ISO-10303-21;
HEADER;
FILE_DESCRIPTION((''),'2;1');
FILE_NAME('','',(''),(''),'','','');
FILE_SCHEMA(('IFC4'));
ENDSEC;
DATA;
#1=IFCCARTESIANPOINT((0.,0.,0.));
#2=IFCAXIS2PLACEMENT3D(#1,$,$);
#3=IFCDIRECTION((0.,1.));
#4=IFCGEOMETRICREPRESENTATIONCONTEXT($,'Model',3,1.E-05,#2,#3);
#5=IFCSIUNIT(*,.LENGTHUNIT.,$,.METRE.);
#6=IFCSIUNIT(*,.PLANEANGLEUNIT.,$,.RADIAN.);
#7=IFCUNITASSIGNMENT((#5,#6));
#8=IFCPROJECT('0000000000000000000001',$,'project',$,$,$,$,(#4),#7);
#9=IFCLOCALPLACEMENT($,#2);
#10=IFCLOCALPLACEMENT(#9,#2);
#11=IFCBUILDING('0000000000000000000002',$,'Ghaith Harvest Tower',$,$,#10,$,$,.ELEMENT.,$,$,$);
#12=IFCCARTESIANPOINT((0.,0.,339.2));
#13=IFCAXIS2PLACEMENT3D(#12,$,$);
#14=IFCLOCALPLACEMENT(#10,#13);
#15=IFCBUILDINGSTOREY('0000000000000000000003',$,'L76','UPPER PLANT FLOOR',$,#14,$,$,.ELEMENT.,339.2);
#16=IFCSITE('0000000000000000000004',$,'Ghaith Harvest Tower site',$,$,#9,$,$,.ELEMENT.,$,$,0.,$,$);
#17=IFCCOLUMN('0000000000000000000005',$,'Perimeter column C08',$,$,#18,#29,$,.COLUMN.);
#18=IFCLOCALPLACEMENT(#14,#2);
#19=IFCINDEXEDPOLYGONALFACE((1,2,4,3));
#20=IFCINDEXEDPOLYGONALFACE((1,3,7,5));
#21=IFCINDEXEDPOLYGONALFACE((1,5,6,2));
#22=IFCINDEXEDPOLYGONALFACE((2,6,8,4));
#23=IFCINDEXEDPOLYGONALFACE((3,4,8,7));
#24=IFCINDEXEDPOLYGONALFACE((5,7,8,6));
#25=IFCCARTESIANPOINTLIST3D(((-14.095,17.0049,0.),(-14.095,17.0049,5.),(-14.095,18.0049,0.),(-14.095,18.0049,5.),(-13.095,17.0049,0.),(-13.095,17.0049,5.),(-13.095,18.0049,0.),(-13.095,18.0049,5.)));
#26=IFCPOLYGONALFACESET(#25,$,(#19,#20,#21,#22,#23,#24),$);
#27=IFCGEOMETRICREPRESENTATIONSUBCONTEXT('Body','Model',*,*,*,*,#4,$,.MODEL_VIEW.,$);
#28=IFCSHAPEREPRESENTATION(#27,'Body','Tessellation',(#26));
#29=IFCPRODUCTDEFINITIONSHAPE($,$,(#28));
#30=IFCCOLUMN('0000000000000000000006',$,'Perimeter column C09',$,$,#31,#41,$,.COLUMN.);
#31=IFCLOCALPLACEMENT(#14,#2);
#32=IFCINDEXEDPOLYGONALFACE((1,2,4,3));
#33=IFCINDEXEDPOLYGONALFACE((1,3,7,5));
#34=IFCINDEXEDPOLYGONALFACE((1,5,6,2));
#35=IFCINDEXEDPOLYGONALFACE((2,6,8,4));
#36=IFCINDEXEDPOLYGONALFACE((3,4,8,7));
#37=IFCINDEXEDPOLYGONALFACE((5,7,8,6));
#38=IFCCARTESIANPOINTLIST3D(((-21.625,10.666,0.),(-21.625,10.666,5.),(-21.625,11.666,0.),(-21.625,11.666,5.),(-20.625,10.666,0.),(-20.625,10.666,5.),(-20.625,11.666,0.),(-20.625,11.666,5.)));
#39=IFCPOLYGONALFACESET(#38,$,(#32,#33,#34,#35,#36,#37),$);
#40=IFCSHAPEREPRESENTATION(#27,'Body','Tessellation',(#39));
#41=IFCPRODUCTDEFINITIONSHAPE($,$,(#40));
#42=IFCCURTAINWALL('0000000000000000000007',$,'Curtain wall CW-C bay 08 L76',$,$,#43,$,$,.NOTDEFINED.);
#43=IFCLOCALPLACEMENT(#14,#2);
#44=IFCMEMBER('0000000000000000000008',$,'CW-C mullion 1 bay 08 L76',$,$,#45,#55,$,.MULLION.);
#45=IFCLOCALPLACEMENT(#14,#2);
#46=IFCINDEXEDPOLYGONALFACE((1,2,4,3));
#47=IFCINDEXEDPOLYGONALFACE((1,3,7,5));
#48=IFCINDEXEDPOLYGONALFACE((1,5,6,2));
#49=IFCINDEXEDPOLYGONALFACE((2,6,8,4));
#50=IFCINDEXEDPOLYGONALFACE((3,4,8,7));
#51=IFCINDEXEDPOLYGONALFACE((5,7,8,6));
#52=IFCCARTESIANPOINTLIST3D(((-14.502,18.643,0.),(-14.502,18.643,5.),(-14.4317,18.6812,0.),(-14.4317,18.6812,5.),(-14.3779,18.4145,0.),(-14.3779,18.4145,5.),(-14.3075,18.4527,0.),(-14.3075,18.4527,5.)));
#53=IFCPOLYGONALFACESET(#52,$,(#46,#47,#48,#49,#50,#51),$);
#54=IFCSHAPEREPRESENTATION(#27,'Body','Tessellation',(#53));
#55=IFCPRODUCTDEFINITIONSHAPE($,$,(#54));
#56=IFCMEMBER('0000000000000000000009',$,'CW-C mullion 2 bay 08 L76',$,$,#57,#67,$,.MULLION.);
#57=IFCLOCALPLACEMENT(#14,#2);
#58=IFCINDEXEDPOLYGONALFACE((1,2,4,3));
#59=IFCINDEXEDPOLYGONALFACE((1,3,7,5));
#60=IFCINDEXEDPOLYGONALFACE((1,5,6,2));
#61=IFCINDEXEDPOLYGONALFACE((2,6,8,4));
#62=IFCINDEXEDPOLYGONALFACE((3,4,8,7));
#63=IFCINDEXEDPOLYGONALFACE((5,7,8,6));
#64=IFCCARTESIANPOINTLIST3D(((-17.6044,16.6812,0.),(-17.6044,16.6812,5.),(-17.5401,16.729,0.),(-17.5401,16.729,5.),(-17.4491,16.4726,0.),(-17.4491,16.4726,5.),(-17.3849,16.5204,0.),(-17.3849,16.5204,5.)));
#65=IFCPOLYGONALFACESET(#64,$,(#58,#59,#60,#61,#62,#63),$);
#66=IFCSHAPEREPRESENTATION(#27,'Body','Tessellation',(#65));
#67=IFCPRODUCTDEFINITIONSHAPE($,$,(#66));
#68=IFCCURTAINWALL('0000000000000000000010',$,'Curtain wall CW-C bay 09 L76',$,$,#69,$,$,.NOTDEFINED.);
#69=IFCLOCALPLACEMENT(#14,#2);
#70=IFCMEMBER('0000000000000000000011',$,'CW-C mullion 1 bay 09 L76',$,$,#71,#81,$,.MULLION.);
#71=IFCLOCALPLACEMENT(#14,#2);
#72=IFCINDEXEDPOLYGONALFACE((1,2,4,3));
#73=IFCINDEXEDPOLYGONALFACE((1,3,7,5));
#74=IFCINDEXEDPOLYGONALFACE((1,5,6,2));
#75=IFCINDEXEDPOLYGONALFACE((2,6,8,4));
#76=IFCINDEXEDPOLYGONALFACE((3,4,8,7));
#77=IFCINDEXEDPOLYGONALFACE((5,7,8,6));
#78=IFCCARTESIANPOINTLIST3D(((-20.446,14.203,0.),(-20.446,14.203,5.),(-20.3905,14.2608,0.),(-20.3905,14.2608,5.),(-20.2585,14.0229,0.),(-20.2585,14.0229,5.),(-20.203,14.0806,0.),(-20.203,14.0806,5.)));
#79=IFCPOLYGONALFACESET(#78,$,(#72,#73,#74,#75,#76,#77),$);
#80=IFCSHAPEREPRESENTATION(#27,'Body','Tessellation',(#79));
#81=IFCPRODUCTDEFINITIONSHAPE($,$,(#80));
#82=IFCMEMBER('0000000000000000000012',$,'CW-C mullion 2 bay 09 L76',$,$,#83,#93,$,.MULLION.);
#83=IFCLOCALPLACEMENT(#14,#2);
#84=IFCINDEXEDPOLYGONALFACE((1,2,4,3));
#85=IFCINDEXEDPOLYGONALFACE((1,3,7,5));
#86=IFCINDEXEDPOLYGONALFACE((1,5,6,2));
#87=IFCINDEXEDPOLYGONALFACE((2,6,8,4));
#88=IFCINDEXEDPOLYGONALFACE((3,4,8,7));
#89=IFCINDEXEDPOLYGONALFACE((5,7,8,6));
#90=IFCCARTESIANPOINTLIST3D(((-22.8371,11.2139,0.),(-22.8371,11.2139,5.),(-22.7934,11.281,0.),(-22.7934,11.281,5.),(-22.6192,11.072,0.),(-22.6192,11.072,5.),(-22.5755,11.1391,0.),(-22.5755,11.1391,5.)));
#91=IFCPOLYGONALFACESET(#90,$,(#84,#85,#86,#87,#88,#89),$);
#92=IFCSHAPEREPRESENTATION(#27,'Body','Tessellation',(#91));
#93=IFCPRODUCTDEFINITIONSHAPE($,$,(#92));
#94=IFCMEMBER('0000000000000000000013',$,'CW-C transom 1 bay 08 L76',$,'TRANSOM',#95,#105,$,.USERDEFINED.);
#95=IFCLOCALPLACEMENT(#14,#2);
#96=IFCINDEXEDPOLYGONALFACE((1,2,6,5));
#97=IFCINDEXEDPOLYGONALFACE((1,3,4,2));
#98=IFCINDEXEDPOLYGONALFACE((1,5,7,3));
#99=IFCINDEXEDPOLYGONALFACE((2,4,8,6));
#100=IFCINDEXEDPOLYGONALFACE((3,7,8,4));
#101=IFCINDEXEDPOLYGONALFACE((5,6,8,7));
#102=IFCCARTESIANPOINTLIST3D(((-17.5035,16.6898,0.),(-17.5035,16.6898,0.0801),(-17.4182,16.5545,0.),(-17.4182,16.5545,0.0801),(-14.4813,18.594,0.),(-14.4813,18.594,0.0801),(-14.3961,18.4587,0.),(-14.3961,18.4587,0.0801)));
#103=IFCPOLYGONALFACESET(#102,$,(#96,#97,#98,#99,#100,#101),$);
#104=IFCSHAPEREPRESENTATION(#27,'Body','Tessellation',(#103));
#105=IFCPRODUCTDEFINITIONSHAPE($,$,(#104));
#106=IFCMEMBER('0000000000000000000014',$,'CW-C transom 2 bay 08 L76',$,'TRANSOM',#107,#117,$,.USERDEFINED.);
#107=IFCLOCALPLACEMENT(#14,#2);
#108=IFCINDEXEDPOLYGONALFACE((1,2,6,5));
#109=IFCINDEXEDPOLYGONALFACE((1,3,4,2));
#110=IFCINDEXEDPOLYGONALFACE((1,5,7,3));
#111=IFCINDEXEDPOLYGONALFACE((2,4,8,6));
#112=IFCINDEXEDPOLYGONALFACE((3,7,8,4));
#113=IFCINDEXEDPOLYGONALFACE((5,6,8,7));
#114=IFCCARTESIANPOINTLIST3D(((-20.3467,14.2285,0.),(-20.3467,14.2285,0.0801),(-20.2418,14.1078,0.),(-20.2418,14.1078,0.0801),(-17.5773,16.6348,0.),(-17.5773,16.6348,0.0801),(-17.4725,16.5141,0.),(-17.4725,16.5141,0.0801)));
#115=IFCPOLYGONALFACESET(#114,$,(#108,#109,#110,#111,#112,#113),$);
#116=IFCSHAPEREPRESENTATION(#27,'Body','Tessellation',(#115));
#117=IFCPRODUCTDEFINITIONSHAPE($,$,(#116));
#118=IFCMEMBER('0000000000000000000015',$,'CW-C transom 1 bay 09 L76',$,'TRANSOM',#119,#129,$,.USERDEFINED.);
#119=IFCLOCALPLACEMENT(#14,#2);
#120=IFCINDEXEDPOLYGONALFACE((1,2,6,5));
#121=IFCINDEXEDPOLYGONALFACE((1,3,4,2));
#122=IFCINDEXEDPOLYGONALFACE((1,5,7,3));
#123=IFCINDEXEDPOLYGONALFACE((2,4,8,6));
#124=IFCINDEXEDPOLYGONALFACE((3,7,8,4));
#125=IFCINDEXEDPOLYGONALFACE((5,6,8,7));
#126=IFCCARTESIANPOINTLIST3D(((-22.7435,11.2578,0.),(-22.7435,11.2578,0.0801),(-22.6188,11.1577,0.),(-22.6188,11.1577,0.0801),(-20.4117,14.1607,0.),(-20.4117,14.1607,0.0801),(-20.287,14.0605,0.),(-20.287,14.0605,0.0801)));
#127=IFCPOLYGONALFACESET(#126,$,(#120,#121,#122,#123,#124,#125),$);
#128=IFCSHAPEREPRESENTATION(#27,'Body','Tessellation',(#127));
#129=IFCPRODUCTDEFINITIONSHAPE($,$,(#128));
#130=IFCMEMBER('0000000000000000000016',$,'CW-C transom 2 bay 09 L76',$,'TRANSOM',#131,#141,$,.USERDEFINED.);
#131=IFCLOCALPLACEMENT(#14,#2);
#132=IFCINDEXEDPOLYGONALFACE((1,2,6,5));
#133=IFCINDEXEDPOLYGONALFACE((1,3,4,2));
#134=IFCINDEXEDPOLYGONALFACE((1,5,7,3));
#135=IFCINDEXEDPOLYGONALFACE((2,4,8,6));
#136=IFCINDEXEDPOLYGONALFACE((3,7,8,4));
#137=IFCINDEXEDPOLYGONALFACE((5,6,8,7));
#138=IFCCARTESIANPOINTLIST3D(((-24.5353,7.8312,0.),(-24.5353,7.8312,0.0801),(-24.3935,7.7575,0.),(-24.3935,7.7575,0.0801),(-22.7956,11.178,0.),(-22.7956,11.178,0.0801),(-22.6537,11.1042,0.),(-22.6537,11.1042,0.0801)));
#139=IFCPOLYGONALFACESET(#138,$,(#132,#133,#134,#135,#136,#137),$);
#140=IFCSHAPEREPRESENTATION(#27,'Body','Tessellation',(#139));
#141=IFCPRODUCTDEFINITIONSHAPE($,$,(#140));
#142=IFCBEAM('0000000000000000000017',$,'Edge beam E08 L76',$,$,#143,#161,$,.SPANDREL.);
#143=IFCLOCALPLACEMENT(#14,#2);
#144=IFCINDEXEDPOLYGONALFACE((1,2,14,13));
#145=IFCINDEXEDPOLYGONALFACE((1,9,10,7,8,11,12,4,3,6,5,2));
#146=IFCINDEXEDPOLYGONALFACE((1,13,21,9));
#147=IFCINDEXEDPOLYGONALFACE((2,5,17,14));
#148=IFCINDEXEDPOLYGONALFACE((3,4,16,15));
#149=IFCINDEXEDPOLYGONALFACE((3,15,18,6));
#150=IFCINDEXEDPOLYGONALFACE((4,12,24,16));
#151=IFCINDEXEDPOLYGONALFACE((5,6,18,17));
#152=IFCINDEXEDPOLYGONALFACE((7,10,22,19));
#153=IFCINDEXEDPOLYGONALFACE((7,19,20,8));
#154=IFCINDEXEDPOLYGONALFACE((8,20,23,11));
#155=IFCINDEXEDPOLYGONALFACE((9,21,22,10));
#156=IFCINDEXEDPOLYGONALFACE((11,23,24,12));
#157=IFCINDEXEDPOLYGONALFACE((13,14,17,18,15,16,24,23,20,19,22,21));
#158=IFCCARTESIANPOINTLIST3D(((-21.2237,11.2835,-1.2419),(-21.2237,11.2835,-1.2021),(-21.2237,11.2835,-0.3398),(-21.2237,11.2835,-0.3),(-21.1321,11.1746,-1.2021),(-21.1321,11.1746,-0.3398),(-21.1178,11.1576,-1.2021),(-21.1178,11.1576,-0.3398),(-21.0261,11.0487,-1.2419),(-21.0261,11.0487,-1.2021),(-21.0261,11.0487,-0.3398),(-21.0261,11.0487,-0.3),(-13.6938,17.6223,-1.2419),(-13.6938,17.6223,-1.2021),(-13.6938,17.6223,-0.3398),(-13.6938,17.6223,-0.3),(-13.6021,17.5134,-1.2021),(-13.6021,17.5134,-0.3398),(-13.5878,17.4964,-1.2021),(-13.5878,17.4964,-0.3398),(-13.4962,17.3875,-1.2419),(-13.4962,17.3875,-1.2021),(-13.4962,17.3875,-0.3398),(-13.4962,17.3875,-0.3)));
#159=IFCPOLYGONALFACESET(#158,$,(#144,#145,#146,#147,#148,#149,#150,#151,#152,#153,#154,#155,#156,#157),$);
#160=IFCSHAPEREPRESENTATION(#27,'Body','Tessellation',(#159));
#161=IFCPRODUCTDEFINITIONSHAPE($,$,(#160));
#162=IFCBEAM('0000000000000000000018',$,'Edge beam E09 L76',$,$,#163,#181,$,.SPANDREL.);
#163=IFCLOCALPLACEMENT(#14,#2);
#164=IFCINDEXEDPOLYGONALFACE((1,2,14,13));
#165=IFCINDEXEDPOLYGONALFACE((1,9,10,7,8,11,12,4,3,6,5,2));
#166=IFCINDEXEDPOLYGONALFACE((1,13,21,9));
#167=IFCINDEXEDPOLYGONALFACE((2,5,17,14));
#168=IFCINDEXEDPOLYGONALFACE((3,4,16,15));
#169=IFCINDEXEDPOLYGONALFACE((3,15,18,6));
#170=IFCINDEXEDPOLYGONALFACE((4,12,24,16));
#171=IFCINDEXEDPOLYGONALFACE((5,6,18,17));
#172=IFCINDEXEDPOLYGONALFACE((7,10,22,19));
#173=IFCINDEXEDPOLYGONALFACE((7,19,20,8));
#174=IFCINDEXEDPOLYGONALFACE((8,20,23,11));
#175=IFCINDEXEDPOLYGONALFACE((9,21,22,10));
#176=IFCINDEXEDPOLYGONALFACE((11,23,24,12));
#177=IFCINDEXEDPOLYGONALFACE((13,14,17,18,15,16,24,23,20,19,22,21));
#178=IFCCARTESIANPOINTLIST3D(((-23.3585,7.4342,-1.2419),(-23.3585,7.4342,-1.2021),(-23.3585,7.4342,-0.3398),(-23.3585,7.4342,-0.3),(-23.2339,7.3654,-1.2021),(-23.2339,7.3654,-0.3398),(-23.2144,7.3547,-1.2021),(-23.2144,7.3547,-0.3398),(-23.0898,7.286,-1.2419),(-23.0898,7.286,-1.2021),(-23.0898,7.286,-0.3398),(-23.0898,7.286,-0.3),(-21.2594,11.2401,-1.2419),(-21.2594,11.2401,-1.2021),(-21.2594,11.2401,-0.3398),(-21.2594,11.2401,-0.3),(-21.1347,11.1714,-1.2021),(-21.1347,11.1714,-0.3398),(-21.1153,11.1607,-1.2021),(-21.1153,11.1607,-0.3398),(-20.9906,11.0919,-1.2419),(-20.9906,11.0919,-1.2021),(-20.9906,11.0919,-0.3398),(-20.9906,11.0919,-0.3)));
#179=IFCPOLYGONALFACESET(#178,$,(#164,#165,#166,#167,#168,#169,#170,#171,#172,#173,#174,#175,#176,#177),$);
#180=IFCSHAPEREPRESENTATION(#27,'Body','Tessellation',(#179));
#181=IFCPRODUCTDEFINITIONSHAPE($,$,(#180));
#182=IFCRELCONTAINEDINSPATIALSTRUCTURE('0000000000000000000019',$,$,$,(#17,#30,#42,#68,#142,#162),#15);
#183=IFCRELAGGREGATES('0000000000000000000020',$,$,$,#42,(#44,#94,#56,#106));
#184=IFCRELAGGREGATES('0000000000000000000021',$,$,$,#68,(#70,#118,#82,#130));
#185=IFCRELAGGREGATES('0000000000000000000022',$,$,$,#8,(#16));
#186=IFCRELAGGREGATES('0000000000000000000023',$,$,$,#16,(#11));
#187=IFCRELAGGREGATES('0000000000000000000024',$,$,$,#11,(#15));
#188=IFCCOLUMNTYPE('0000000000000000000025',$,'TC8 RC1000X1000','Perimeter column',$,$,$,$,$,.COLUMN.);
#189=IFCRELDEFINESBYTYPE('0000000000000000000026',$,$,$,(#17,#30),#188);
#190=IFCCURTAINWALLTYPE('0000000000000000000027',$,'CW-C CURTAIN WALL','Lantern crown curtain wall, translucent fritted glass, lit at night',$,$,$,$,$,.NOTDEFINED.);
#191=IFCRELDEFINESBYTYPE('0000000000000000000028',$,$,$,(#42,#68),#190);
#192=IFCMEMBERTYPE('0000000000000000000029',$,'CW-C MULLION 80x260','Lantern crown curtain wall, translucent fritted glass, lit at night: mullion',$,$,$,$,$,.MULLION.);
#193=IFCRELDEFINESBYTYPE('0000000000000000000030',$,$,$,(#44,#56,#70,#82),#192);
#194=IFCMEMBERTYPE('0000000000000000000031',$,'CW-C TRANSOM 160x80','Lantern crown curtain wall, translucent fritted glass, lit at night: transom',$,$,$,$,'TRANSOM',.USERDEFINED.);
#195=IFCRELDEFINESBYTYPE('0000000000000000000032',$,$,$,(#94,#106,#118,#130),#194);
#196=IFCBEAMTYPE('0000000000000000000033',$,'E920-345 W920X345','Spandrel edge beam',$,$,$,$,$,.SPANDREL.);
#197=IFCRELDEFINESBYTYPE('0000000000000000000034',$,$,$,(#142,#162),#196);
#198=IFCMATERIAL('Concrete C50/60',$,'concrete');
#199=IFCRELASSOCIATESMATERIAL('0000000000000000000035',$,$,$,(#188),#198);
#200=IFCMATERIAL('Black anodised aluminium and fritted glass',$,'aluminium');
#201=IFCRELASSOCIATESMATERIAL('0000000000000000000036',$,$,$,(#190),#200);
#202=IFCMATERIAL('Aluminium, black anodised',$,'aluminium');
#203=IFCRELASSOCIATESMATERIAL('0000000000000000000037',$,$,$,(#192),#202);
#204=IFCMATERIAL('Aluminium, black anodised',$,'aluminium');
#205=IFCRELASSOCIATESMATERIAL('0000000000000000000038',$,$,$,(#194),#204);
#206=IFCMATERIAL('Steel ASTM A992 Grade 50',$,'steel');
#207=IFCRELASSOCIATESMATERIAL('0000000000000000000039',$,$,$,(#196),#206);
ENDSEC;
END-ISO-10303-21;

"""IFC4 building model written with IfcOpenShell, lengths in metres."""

from ifc_helpers import new_model, si_unit, direction, frame, origin, origin_2d, place, context, subcontext, project, spatial, rectangle, i_section, extrude, material, material_profile, profile_set, type_object, element, aggregate, save


model = new_model("IFC4")

# Units and contexts
model_context = context("Model", 3, precision=1e-05, world=origin(), true_north=direction((0.0, 1.0)))
body_context = subcontext(model_context, "Body", "Model", "MODEL_VIEW")
ifc_project = project(units=[si_unit("LENGTHUNIT", "METRE"), si_unit("PLANEANGLEUNIT", "RADIAN")], contexts=[model_context])

# Site, building, storey
site_placement = place(None, origin())
site = spatial("IfcSite", under=ifc_project, at=site_placement, Name="Ghaith Harvest Tower site", CompositionType="ELEMENT", RefElevation=0.0)
building_placement = place(site_placement, origin())
building = spatial("IfcBuilding", under=site, at=building_placement, Name="Ghaith Harvest Tower", CompositionType="ELEMENT")
storey_placement = place(building_placement, frame((0.0, 0.0, 339.2)))
storey = spatial("IfcBuildingStorey", under=building, at=storey_placement, Name="L76", Description="UPPER PLANT FLOOR", CompositionType="ELEMENT", Elevation=339.2)

# Columns
ifc_material_1 = material(Name="Concrete C50/60", Category="concrete")
ifc_material_profile_1 = material_profile(ifc_material_1, rectangle(XDim=1.0, YDim=1.0, at=origin_2d()), Name="RC1000X1000")
ifc_profile_set_1 = profile_set([ifc_material_profile_1], Name="Concrete C50/60")
column_type = type_object("IfcColumnType", Name="TC8 RC1000X1000", Description="Perimeter column", PredefinedType="COLUMN", material=ifc_profile_set_1)
for number, where, z_axis, x_axis, name in (
    (1, (-13.595, 17.5049, 0.0), (0.0, 0.0, 1.0), (1.0, 0.0, 0.0), "Perimeter column C08"),
    (2, (-21.125, 11.166, 0.0), (0.0, 0.0, 1.0), (1.0, 0.0, 0.0), "Perimeter column C09"),
):
    element("IfcColumn", number, at=place(storey_placement, frame(where, z_axis=z_axis, x_axis=x_axis)), inside=storey, type_object=column_type, Name=name, PredefinedType="COLUMN", context=body_context, shape_type="SweptSolid", body=[
        extrude(rectangle(XDim=1.0, YDim=1.0, at=origin_2d()), origin(), (0.0, 0.0, 1.0), 5.0),
    ])

# Curtain walls, members
ifc_material_2 = material(Name="Black anodised aluminium and fritted glass", Category="aluminium")
curtain_wall_type = type_object("IfcCurtainWallType", Name="CW-C CURTAIN WALL", Description="Lantern crown curtain wall, translucent fritted glass, lit at night", PredefinedType="NOTDEFINED", material=ifc_material_2)
curtain_wall_1_placement = place(storey_placement, origin())
curtain_wall_1 = element("IfcCurtainWall", 3, at=curtain_wall_1_placement, inside=storey, type_object=curtain_wall_type, Name="Curtain wall CW-C bay 08 L76", PredefinedType="NOTDEFINED")
ifc_material_3 = material(Name="Aluminium, black anodised", Category="aluminium")
ifc_material_profile_2 = material_profile(ifc_material_3, rectangle(XDim=0.0801, YDim=0.26, at=origin_2d()), Name="CW-C MULLION 80x260")
ifc_profile_set_2 = profile_set([ifc_material_profile_2], Name="Aluminium, black anodised")
member_type_1 = type_object("IfcMemberType", Name="CW-C MULLION 80x260", Description="Lantern crown curtain wall, translucent fritted glass, lit at night: mullion", PredefinedType="MULLION", material=ifc_profile_set_2)
member_1_placement = place(storey_placement, frame((-14.4048, 18.5479, 0.0), z_axis=(0.0, 0.0, 1.0), x_axis=(-0.878672, -0.477426, 0.0)))
member_1 = element("IfcMember", 4, at=member_1_placement, type_object=member_type_1, Name="CW-C mullion 1 bay 08 L76", PredefinedType="MULLION", context=body_context, shape_type="SweptSolid", body=[
    extrude(rectangle(XDim=0.0801, YDim=0.26, at=origin_2d()), origin(), (0.0, 0.0, 1.0), 5.0),
])
member_2_placement = place(storey_placement, frame((-17.4946, 16.6008, 0.0), z_axis=(0.0, 0.0, 1.0), x_axis=(-0.80219, -0.597069, 0.0)))
member_2 = element("IfcMember", 5, at=member_2_placement, type_object=member_type_1, Name="CW-C mullion 2 bay 08 L76", PredefinedType="MULLION", context=body_context, shape_type="SweptSolid", body=[
    extrude(rectangle(XDim=0.0801, YDim=0.26, at=origin_2d()), origin(), (0.0, 0.0, 1.0), 5.0),
])
curtain_wall_2_placement = place(storey_placement, origin())
curtain_wall_2 = element("IfcCurtainWall", 6, at=curtain_wall_2_placement, inside=storey, type_object=curtain_wall_type, Name="Curtain wall CW-C bay 09 L76", PredefinedType="NOTDEFINED")
member_3_placement = place(storey_placement, frame((-20.3245, 14.1418, 0.0), z_axis=(0.0, 0.0, 1.0), x_axis=(-0.692826, -0.721104, 0.0)))
member_3 = element("IfcMember", 7, at=member_3_placement, type_object=member_type_1, Name="CW-C mullion 1 bay 09 L76", PredefinedType="MULLION", context=body_context, shape_type="SweptSolid", body=[
    extrude(rectangle(XDim=0.0801, YDim=0.26, at=origin_2d()), origin(), (0.0, 0.0, 1.0), 5.0),
])
member_4_placement = place(storey_placement, frame((-22.7063, 11.1765, 0.0), z_axis=(0.0, 0.0, 1.0), x_axis=(-0.545865, -0.837873, 0.0)))
member_4 = element("IfcMember", 8, at=member_4_placement, type_object=member_type_1, Name="CW-C mullion 2 bay 09 L76", PredefinedType="MULLION", context=body_context, shape_type="SweptSolid", body=[
    extrude(rectangle(XDim=0.0801, YDim=0.26, at=origin_2d()), origin(), (0.0, 0.0, 1.0), 5.0),
])

# Members
ifc_material_4 = material(Name="Aluminium, black anodised", Category="aluminium")
ifc_material_profile_3 = material_profile(ifc_material_4, rectangle(XDim=0.1599, YDim=0.0801, at=origin_2d()), Name="CW-C TRANSOM 160x80")
ifc_profile_set_3 = profile_set([ifc_material_profile_3], Name="Aluminium, black anodised")
member_type_2 = type_object("IfcMemberType", Name="CW-C TRANSOM 160x80", Description="Lantern crown curtain wall, translucent fritted glass, lit at night: transom", ElementType="TRANSOM", PredefinedType="USERDEFINED", material=ifc_profile_set_3)
member_5_placement = place(storey_placement, frame((-14.4387, 18.5264, 0.04), z_axis=(-0.846054, -0.533098, 0.0), x_axis=(0.533098, -0.846054, 0.0)))
member_5 = element("IfcMember", 9, at=member_5_placement, type_object=member_type_2, Name="CW-C transom 1 bay 08 L76", ObjectType="TRANSOM", PredefinedType="USERDEFINED", context=body_context, shape_type="SweptSolid", body=[
    extrude(rectangle(XDim=0.1599, YDim=0.0801, at=origin_2d()), origin(), (0.0, 0.0, 1.0), 3.572),
])
member_6_placement = place(storey_placement, frame((-17.5249, 16.5745, 0.04), z_axis=(-0.754852, -0.655895, 0.0), x_axis=(0.655895, -0.754852, 0.0)))
member_6 = element("IfcMember", 10, at=member_6_placement, type_object=member_type_2, Name="CW-C transom 2 bay 08 L76", ObjectType="TRANSOM", PredefinedType="USERDEFINED", context=body_context, shape_type="SweptSolid", body=[
    extrude(rectangle(XDim=0.1599, YDim=0.0801, at=origin_2d()), origin(), (0.0, 0.0, 1.0), 3.6687),
])
member_7_placement = place(storey_placement, frame((-20.3494, 14.1106, 0.04), z_axis=(-0.626253, -0.77962, 0.0), x_axis=(0.77962, -0.626253, 0.0)))
member_7 = element("IfcMember", 11, at=member_7_placement, type_object=member_type_2, Name="CW-C transom 1 bay 09 L76", ObjectType="TRANSOM", PredefinedType="USERDEFINED", context=body_context, shape_type="SweptSolid", body=[
    extrude(rectangle(XDim=0.1599, YDim=0.0801, at=origin_2d()), origin(), (0.0, 0.0, 1.0), 3.7234),
])
member_8_placement = place(storey_placement, frame((-22.7246, 11.1411, 0.04), z_axis=(-0.461243, -0.887274, 0.0), x_axis=(0.887274, -0.461243, 0.0)))
member_8 = element("IfcMember", 12, at=member_8_placement, type_object=member_type_2, Name="CW-C transom 2 bay 09 L76", ObjectType="TRANSOM", PredefinedType="USERDEFINED", context=body_context, shape_type="SweptSolid", body=[
    extrude(rectangle(XDim=0.1599, YDim=0.0801, at=origin_2d()), origin(), (0.0, 0.0, 1.0), 3.772),
])

# Beams
ifc_material_5 = material(Name="Steel ASTM A992 Grade 50", Category="steel")
ifc_material_profile_4 = material_profile(ifc_material_5, i_section(OverallWidth=0.3069, OverallDepth=0.9419, WebThickness=0.0222, FlangeThickness=0.0398, at=origin_2d()), Name="W920X345")
ifc_profile_set_4 = profile_set([ifc_material_profile_4], Name="Steel ASTM A992 Grade 50")
beam_type = type_object("IfcBeamType", Name="E920-345 W920X345", Description="Spandrel edge beam", PredefinedType="SPANDREL", material=ifc_profile_set_4)
beam_1_placement = place(storey_placement, frame((-13.595, 17.5049, -0.771), z_axis=(-0.765022, -0.644004, 0.0), x_axis=(0.644004, -0.765022, 0.0)))
element("IfcBeam", 13, at=beam_1_placement, inside=storey, type_object=beam_type, Name="Edge beam E08 L76", PredefinedType="SPANDREL", context=body_context, shape_type="SweptSolid", body=[
    extrude(i_section(OverallWidth=0.3069, OverallDepth=0.9419, WebThickness=0.0222, FlangeThickness=0.0398, at=origin_2d()), origin(), (0.0, 0.0, 1.0), 9.8428),
])
beam_2_placement = place(storey_placement, frame((-21.125, 11.166, -0.771), z_axis=(-0.482956, -0.875645, 0.0), x_axis=(0.875645, -0.482956, 0.0)))
element("IfcBeam", 14, at=beam_2_placement, inside=storey, type_object=beam_type, Name="Edge beam E09 L76", PredefinedType="SPANDREL", context=body_context, shape_type="SweptSolid", body=[
    extrude(i_section(OverallWidth=0.3069, OverallDepth=0.9419, WebThickness=0.0222, FlangeThickness=0.0398, at=origin_2d()), origin(), (0.0, 0.0, 1.0), 4.3464),
])

aggregate(curtain_wall_1, [member_1, member_5, member_2, member_6])
aggregate(curtain_wall_2, [member_3, member_7, member_4, member_8])

save(model, "model.ifc")
